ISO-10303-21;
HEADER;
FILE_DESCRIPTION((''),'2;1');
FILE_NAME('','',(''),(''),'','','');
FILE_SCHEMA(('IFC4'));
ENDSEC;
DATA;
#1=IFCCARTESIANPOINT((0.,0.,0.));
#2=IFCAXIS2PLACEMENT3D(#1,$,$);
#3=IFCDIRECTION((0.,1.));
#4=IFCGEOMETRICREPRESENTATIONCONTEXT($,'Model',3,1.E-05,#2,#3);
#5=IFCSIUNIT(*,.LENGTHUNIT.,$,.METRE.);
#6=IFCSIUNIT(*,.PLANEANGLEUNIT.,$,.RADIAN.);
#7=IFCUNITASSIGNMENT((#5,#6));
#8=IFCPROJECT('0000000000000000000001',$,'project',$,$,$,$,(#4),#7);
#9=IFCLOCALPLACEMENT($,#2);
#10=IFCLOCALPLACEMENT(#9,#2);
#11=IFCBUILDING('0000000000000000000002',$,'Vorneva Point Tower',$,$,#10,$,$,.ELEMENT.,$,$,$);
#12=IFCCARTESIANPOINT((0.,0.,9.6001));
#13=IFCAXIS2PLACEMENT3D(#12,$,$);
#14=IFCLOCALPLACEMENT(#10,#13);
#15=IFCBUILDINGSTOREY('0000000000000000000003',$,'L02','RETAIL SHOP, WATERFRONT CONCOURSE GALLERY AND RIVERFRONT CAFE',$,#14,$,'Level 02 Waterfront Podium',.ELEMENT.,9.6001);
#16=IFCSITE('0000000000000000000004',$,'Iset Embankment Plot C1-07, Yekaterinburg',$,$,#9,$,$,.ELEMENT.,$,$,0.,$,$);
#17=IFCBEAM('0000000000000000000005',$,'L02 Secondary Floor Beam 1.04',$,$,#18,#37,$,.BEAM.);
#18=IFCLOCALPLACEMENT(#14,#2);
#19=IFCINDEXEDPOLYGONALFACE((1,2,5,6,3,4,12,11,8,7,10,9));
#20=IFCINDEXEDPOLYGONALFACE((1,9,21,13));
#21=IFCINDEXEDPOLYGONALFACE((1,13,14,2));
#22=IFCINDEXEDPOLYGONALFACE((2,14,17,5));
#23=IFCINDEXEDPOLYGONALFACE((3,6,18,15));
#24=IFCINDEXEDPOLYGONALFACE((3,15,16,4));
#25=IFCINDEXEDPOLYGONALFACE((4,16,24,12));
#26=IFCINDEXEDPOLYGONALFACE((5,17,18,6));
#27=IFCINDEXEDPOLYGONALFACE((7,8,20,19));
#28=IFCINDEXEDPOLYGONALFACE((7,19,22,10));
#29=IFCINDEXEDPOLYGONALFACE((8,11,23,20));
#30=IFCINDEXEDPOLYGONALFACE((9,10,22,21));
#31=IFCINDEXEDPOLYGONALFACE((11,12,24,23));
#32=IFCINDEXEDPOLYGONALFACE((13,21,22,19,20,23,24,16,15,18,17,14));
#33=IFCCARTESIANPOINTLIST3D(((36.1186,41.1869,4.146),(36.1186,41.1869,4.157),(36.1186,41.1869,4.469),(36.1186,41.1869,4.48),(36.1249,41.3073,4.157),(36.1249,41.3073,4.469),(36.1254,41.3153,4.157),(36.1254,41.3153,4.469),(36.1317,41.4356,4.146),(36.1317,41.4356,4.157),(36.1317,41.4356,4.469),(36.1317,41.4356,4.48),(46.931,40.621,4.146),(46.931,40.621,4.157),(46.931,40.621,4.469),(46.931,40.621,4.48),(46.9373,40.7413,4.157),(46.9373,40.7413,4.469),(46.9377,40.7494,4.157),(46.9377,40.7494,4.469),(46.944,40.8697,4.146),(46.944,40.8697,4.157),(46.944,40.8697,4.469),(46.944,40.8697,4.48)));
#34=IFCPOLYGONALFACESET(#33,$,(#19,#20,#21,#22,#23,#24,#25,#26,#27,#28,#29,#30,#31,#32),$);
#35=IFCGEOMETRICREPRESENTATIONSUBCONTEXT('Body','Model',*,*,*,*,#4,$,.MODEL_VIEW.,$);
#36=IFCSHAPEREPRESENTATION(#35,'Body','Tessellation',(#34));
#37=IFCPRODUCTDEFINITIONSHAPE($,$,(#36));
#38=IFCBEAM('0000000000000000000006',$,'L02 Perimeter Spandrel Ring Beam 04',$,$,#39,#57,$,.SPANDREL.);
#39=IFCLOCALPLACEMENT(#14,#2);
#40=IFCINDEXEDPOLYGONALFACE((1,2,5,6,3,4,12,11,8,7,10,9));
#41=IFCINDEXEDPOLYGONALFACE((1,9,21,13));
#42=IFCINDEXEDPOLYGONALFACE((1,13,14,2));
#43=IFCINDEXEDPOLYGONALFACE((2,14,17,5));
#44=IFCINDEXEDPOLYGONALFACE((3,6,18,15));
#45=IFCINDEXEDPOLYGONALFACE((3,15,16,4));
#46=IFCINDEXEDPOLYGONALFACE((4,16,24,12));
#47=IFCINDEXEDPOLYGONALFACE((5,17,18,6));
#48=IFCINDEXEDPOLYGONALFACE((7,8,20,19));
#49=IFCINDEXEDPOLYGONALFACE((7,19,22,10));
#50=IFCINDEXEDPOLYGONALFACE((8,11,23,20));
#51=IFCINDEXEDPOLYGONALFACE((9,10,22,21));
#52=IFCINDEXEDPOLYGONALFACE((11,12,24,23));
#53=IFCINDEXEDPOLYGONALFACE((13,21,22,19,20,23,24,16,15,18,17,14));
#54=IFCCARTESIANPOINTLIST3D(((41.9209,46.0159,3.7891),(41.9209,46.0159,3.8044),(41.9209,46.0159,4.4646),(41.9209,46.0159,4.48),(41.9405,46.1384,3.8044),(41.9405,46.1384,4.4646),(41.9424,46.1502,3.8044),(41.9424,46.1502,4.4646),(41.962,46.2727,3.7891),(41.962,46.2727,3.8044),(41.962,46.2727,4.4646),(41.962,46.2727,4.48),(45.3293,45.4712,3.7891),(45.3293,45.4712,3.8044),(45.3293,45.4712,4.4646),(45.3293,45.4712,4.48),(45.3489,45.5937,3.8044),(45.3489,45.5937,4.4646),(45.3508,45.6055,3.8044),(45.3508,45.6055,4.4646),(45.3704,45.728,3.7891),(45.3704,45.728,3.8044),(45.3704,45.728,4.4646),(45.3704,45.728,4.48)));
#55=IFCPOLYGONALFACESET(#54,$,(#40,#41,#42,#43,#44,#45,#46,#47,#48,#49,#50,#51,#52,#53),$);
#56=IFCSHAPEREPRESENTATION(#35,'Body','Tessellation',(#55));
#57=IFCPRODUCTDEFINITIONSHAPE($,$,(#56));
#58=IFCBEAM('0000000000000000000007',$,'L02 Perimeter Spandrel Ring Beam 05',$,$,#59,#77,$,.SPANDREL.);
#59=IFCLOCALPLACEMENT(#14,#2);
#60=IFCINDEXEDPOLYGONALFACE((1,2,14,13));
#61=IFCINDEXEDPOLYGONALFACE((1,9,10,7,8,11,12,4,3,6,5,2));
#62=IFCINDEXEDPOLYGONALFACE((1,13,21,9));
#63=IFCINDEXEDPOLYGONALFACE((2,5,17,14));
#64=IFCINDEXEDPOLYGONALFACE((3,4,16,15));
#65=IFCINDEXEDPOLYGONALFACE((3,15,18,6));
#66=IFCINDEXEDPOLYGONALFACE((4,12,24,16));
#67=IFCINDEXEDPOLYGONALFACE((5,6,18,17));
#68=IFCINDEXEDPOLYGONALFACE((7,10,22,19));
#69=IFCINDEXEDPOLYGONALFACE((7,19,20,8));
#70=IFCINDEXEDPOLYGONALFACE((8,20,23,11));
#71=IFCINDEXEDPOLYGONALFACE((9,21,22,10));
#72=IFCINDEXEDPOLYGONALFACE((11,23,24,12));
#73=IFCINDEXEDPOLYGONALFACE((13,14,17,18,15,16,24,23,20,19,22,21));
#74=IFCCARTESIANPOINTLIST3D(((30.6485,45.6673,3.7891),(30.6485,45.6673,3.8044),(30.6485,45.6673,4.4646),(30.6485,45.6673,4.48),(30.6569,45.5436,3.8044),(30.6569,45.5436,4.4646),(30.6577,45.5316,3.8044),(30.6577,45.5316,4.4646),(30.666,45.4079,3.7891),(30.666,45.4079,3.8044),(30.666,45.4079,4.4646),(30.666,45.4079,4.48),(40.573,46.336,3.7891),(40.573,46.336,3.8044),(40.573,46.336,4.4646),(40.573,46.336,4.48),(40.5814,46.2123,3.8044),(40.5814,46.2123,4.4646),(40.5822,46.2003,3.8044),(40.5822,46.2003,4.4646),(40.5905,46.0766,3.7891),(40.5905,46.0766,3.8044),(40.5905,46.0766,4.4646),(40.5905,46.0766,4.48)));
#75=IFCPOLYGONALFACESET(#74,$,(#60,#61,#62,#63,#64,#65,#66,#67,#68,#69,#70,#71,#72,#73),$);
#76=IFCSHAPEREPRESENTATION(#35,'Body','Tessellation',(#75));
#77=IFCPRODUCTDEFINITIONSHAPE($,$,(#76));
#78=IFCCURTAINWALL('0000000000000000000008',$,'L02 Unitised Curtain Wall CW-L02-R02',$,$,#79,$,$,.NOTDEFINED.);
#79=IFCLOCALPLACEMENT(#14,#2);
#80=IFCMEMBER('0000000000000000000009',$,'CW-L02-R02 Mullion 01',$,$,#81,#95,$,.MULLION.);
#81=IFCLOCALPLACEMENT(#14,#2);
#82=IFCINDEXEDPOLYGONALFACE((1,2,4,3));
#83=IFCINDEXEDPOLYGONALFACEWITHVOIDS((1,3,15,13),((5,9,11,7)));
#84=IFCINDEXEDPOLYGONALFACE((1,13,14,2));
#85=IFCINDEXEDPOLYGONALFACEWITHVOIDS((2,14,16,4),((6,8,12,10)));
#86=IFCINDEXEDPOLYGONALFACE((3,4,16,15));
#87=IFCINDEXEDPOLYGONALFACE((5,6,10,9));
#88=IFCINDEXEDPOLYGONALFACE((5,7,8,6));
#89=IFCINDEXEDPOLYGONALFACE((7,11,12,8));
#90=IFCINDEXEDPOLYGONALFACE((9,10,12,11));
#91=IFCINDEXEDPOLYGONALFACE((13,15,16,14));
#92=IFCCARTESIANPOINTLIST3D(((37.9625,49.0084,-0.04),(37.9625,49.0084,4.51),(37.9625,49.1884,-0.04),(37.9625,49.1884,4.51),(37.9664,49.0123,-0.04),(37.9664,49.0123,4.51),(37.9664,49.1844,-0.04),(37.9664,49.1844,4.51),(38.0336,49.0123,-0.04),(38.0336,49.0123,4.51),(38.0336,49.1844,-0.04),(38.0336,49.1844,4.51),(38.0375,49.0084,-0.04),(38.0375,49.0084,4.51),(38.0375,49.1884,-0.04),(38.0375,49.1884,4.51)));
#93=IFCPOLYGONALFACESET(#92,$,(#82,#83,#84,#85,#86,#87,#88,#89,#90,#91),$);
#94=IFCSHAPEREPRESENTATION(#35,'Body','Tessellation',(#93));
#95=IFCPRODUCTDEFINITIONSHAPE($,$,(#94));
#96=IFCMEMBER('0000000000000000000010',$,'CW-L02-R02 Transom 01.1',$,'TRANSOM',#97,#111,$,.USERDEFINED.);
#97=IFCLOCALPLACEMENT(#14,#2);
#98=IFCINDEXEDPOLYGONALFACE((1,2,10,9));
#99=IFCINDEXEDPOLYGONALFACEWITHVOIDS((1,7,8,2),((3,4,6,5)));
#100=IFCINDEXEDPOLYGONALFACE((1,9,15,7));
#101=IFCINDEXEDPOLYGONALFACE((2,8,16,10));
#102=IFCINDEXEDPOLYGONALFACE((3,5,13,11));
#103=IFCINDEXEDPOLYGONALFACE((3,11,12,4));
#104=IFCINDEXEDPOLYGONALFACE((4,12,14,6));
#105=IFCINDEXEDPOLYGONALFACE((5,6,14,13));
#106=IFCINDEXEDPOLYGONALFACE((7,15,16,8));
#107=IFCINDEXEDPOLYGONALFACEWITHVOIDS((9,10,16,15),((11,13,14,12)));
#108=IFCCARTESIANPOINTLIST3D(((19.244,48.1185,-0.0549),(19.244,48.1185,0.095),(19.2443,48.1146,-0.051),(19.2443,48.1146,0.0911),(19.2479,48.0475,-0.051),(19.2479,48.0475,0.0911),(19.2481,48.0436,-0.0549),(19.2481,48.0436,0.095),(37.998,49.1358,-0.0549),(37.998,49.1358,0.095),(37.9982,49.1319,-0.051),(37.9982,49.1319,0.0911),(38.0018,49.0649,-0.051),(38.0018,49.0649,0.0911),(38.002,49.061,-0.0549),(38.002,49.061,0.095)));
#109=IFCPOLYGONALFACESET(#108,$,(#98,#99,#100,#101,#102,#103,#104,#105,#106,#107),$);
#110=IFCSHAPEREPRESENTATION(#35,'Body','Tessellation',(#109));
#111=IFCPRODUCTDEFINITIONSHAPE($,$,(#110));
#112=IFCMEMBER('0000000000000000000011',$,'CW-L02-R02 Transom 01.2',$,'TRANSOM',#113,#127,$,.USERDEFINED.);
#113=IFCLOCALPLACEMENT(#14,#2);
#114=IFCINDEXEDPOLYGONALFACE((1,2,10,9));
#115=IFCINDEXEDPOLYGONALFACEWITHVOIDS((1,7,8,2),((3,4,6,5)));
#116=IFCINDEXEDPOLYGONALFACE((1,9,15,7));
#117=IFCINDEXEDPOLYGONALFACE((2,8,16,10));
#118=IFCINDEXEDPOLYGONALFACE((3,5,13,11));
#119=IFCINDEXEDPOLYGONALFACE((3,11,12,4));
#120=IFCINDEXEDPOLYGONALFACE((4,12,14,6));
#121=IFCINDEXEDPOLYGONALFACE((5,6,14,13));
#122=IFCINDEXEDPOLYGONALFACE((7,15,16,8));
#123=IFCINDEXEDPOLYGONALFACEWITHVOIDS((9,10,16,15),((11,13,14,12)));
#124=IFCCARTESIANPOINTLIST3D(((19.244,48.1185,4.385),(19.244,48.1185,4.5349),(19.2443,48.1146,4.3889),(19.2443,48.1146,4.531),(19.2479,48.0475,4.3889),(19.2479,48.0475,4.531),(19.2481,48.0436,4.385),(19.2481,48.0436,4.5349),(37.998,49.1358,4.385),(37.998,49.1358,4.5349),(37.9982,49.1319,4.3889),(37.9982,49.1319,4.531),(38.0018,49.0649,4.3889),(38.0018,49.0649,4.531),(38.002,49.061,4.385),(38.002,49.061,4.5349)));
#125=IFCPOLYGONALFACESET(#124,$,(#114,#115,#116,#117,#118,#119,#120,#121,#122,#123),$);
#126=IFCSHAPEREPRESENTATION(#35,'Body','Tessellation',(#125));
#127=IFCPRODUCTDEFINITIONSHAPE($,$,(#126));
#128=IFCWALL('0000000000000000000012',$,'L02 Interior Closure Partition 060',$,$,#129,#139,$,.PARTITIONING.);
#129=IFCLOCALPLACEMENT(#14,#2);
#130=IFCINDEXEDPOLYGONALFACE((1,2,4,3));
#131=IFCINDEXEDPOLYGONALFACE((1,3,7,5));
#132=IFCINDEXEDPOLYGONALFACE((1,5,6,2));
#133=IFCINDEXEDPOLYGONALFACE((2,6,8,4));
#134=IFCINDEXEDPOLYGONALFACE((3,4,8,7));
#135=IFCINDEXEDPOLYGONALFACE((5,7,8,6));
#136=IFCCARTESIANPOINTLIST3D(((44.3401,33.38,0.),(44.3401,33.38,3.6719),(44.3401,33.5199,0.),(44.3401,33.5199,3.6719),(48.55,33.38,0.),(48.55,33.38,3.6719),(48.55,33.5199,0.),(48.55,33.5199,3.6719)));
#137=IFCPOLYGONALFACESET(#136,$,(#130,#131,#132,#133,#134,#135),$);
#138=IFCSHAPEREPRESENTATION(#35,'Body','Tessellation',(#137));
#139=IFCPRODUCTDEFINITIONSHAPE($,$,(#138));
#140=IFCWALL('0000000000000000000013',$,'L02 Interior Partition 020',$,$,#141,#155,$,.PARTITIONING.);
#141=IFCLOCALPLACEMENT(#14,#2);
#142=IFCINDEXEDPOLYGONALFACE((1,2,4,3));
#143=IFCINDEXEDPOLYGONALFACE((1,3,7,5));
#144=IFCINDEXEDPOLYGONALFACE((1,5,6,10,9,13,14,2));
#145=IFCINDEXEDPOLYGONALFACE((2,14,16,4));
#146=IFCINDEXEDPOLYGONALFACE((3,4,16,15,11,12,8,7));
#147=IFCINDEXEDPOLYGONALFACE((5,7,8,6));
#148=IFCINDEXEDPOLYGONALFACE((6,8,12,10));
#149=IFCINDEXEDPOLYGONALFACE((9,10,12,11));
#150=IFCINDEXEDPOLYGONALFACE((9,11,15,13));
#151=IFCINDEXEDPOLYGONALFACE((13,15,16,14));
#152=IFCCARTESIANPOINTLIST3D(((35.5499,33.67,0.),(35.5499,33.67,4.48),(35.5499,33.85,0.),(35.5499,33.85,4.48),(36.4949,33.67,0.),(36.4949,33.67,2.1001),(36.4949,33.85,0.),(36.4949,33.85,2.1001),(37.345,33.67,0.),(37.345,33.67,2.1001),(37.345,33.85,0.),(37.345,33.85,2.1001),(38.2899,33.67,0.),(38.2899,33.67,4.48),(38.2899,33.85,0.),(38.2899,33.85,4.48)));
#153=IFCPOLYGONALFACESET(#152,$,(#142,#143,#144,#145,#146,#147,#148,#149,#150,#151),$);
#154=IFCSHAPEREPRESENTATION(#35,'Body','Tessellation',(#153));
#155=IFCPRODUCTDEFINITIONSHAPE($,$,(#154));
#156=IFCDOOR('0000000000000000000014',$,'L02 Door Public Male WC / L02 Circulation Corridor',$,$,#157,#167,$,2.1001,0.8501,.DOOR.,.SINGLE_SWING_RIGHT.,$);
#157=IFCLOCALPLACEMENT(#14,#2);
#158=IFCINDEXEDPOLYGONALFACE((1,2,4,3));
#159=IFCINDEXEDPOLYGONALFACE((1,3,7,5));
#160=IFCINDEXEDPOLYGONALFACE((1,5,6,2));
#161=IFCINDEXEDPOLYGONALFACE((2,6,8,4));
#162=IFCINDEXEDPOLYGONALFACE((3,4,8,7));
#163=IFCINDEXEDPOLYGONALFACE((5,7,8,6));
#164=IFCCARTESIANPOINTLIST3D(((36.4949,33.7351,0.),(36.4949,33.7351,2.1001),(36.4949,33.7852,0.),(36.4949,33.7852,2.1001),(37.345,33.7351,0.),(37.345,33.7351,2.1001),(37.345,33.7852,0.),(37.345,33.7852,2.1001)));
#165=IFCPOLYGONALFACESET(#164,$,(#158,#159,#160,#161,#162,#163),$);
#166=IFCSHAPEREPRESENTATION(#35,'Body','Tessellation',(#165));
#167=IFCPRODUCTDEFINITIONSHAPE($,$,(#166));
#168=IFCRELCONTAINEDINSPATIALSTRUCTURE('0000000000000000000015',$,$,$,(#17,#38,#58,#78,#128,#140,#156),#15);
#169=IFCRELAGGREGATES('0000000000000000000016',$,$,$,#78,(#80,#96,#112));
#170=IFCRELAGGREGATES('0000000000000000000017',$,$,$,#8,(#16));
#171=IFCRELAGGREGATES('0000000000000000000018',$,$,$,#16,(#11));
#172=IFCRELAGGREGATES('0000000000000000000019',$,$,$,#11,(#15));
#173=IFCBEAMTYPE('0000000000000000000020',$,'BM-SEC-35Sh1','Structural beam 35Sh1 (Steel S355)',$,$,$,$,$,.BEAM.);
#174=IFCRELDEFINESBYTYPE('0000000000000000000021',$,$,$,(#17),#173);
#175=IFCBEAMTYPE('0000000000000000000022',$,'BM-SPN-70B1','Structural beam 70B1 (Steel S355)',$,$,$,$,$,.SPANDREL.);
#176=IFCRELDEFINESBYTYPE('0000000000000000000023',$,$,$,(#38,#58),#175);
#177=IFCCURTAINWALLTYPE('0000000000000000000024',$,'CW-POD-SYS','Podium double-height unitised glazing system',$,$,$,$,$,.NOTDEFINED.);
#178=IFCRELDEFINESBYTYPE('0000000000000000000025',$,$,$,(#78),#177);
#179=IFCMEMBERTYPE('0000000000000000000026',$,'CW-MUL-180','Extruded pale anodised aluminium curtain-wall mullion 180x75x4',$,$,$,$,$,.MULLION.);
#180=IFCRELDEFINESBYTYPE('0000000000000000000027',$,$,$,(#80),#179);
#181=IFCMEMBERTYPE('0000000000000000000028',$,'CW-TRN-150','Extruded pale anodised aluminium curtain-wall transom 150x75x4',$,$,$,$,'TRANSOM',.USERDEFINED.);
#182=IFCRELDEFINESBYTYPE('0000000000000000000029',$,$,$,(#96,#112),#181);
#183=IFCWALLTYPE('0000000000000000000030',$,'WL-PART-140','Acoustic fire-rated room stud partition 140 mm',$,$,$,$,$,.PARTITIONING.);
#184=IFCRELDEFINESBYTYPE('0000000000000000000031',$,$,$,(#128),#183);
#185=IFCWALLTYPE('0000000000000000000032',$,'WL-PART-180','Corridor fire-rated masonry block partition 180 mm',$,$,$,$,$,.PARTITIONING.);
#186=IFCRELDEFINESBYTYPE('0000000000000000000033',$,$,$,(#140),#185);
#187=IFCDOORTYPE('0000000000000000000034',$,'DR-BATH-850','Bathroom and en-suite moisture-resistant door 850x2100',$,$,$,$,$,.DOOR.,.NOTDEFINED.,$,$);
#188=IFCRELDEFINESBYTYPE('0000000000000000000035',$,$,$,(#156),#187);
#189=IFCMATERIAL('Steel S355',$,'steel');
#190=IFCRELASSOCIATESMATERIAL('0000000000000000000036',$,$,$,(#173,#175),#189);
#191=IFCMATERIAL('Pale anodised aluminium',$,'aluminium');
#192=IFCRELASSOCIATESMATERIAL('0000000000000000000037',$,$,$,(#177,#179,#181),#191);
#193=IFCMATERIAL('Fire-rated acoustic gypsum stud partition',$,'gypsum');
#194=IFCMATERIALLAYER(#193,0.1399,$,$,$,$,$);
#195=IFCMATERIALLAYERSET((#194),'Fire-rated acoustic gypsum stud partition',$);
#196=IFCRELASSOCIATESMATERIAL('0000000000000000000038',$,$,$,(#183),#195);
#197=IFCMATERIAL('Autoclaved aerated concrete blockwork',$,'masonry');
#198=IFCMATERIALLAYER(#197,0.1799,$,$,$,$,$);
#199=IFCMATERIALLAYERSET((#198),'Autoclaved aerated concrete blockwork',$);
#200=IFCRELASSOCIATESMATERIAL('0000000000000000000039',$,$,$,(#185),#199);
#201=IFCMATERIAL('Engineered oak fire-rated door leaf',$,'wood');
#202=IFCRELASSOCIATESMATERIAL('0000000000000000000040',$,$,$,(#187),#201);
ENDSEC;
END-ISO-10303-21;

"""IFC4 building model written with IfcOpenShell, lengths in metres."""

from ifc_helpers import new_model, si_unit, direction, frame, frame_2d, origin, origin_2d, place, context, subcontext, project, spatial, rectangle, hollow_rectangle, i_section, extrude, material, layer, layer_set, material_profile, profile_set, type_object, element, fill, aggregate, save


model = new_model("IFC4")

# Units and contexts
model_context = context("Model", 3, precision=1e-05, world=origin(), true_north=direction((0.0, 1.0)))
body_context = subcontext(model_context, "Body", "Model", "MODEL_VIEW")
ifc_project = project(units=[si_unit("LENGTHUNIT", "METRE"), si_unit("PLANEANGLEUNIT", "RADIAN")], contexts=[model_context])

# Site, building, storey
site_placement = place(None, origin())
site = spatial("IfcSite", under=ifc_project, at=site_placement, Name="Iset Embankment Plot C1-07, Yekaterinburg", CompositionType="ELEMENT", RefElevation=0.0)
building_placement = place(site_placement, origin())
building = spatial("IfcBuilding", under=site, at=building_placement, Name="Vorneva Point Tower", CompositionType="ELEMENT")
storey_placement = place(building_placement, frame((0.0, 0.0, 9.6001)))
storey = spatial("IfcBuildingStorey", under=building, at=storey_placement, Name="L02", Description="RETAIL SHOP, WATERFRONT CONCOURSE GALLERY AND RIVERFRONT CAFE", LongName="Level 02 Waterfront Podium", CompositionType="ELEMENT", Elevation=9.6001)

# Beams
ifc_material_1 = material(Name="Steel S355", Category="steel")
ifc_material_profile_1 = material_profile(ifc_material_1, i_section(OverallWidth=0.249, OverallDepth=0.334, WebThickness=0.0081, FlangeThickness=0.011, at=origin_2d()), Name="35Sh1")
ifc_profile_set_1 = profile_set([ifc_material_profile_1], Name="Steel S355")
beam_type_1 = type_object("IfcBeamType", Name="BM-SEC-35Sh1", Description="Structural beam 35Sh1 (Steel S355)", PredefinedType="BEAM", material=ifc_profile_set_1)
beam_1_placement = place(storey_placement, frame((46.9375, 40.7454, 4.313), z_axis=(-0.998633, 0.052269, 0.0), x_axis=(-0.052269, -0.998633, 0.0)))
element("IfcBeam", 1, at=beam_1_placement, inside=storey, type_object=beam_type_1, Name="L02 Secondary Floor Beam 1.04", PredefinedType="BEAM", context=body_context, shape_type="SweptSolid", body=[
    extrude(i_section(OverallWidth=0.249, OverallDepth=0.334, WebThickness=0.0081, FlangeThickness=0.011, at=origin_2d()), origin(), (0.0, 0.0, 1.0), 10.8271),
])
ifc_material_profile_2 = material_profile(ifc_material_1, i_section(OverallWidth=0.26, OverallDepth=0.6909, WebThickness=0.012, FlangeThickness=0.0154, at=origin_2d()), Name="70B1")
ifc_profile_set_2 = profile_set([ifc_material_profile_2], Name="Steel S355")
beam_type_2 = type_object("IfcBeamType", Name="BM-SPN-70B1", Description="Structural beam 70B1 (Steel S355)", PredefinedType="SPANDREL", material=ifc_profile_set_2)
beam_2_placement = place(storey_placement, frame((45.3499, 45.5996, 4.1345), z_axis=(-0.987471, 0.1578, 0.0), x_axis=(-0.1578, -0.987471, 0.0)))
element("IfcBeam", 2, at=beam_2_placement, inside=storey, type_object=beam_type_2, Name="L02 Perimeter Spandrel Ring Beam 04", PredefinedType="SPANDREL", context=body_context, shape_type="SweptSolid", body=[
    extrude(i_section(OverallWidth=0.26, OverallDepth=0.6909, WebThickness=0.012, FlangeThickness=0.0154, at=origin_2d()), origin(), (0.0, 0.0, 1.0), 3.4517),
])
beam_3_placement = place(storey_placement, frame((40.5818, 46.2063, 4.1345), z_axis=(-0.997738, -0.067226, 0.0), x_axis=(0.067226, -0.997738, 0.0)))
element("IfcBeam", 3, at=beam_3_placement, inside=storey, type_object=beam_type_2, Name="L02 Perimeter Spandrel Ring Beam 05", PredefinedType="SPANDREL", context=body_context, shape_type="SweptSolid", body=[
    extrude(i_section(OverallWidth=0.26, OverallDepth=0.6909, WebThickness=0.012, FlangeThickness=0.0154, at=origin_2d()), origin(), (0.0, 0.0, 1.0), 9.947),
])

# Curtain wall, members
ifc_material_2 = material(Name="Pale anodised aluminium", Category="aluminium")
curtain_wall_type = type_object("IfcCurtainWallType", Name="CW-POD-SYS", Description="Podium double-height unitised glazing system", PredefinedType="NOTDEFINED", material=ifc_material_2)
curtain_wall_placement = place(storey_placement, origin())
curtain_wall = element("IfcCurtainWall", 4, at=curtain_wall_placement, inside=storey, type_object=curtain_wall_type, Name="L02 Unitised Curtain Wall CW-L02-R02", PredefinedType="NOTDEFINED")
ifc_material_profile_3 = material_profile(ifc_material_2, hollow_rectangle(XDim=0.075, YDim=0.1799, WallThickness=0.0039, at=origin_2d()), Name="AL-MUL 180x75x4")
ifc_profile_set_3 = profile_set([ifc_material_profile_3], Name="Pale anodised aluminium")
member_type_1 = type_object("IfcMemberType", Name="CW-MUL-180", Description="Extruded pale anodised aluminium curtain-wall mullion 180x75x4", PredefinedType="MULLION", material=ifc_profile_set_3)
member_1_placement = place(storey_placement, frame((38.0, 49.0984, -0.04), z_axis=(0.0, 0.0, 1.0), x_axis=(1.0, 0.0, 0.0)))
member_1 = element("IfcMember", 5, at=member_1_placement, type_object=member_type_1, Name="CW-L02-R02 Mullion 01", PredefinedType="MULLION", context=body_context, shape_type="SweptSolid", body=[
    extrude(hollow_rectangle(XDim=0.075, YDim=0.1799, WallThickness=0.0039, at=origin_2d()), origin(), (0.0, 0.0, 1.0), 4.55),
])
ifc_material_profile_4 = material_profile(ifc_material_2, hollow_rectangle(XDim=0.075, YDim=0.1499, WallThickness=0.0039, at=origin_2d()), Name="AL-TRN 150x75x4")
ifc_profile_set_4 = profile_set([ifc_material_profile_4], Name="Pale anodised aluminium")
member_type_2 = type_object("IfcMemberType", Name="CW-TRN-150", Description="Extruded pale anodised aluminium curtain-wall transom 150x75x4", ElementType="TRANSOM", PredefinedType="USERDEFINED", material=ifc_profile_set_4)
member_2_placement = place(storey_placement, frame((38.0, 49.0984, 0.02), z_axis=(-0.998532, -0.054167, 0.0), x_axis=(0.054167, -0.998532, 0.0)))
member_2 = element("IfcMember", 6, at=member_2_placement, type_object=member_type_2, Name="CW-L02-R02 Transom 01.1", ObjectType="TRANSOM", PredefinedType="USERDEFINED", context=body_context, shape_type="SweptSolid", body=[
    extrude(hollow_rectangle(XDim=0.075, YDim=0.1499, WallThickness=0.0039, at=origin_2d()), origin(), (0.0, 0.0, 1.0), 18.7815),
])
member_3_placement = place(storey_placement, frame((38.0, 49.0984, 4.46), z_axis=(-0.998532, -0.054167, 0.0), x_axis=(0.054167, -0.998532, 0.0)))
member_3 = element("IfcMember", 7, at=member_3_placement, type_object=member_type_2, Name="CW-L02-R02 Transom 01.2", ObjectType="TRANSOM", PredefinedType="USERDEFINED", context=body_context, shape_type="SweptSolid", body=[
    extrude(hollow_rectangle(XDim=0.075, YDim=0.1499, WallThickness=0.0039, at=origin_2d()), origin(), (0.0, 0.0, 1.0), 18.7815),
])
aggregate(curtain_wall, [member_1, member_2, member_3])

# Wall
ifc_material_3 = material(Name="Fire-rated acoustic gypsum stud partition", Category="gypsum")
ifc_layer_1 = layer(ifc_material_3, 0.1399)
ifc_layer_set_1 = layer_set([ifc_layer_1], Name="Fire-rated acoustic gypsum stud partition")
wall_type_1 = type_object("IfcWallType", Name="WL-PART-140", Description="Acoustic fire-rated room stud partition 140 mm", PredefinedType="PARTITIONING", material=ifc_layer_set_1)
wall_1_placement = place(storey_placement, frame((44.3401, 33.45, 0.0), z_axis=(0.0, 0.0, 1.0), x_axis=(1.0, 0.0, 0.0)))
element("IfcWall", 8, at=wall_1_placement, inside=storey, type_object=wall_type_1, Name="L02 Interior Closure Partition 060", PredefinedType="PARTITIONING", context=body_context, shape_type="SweptSolid", body=[
    extrude(rectangle(XDim=4.21, YDim=0.1399, at=frame_2d((2.105, 0.0))), origin(), (0.0, 0.0, 1.0), 3.6719),
])

# Wall, opening, door
ifc_material_4 = material(Name="Autoclaved aerated concrete blockwork", Category="masonry")
ifc_layer_2 = layer(ifc_material_4, 0.1799)
ifc_layer_set_2 = layer_set([ifc_layer_2], Name="Autoclaved aerated concrete blockwork")
wall_type_2 = type_object("IfcWallType", Name="WL-PART-180", Description="Corridor fire-rated masonry block partition 180 mm", PredefinedType="PARTITIONING", material=ifc_layer_set_2)
wall_2_placement = place(storey_placement, frame((38.29, 33.76, 0.0), z_axis=(0.0, 0.0, 1.0), x_axis=(-1.0, 0.0, 0.0)))
wall_2 = element("IfcWall", 9, at=wall_2_placement, inside=storey, type_object=wall_type_2, Name="L02 Interior Partition 020", PredefinedType="PARTITIONING", context=body_context, shape_type="SweptSolid", body=[
    extrude(rectangle(XDim=2.74, YDim=0.1799, at=frame_2d((1.3701, 0.0))), origin(), (0.0, 0.0, 1.0), 4.48),
])
opening_1_placement = place(wall_2_placement, frame((0.9451, 0.0, 0.0)))
opening_1 = element("IfcOpeningElement", 10, at=opening_1_placement, cuts=wall_2, PredefinedType="OPENING", context=body_context, shape_type="SweptSolid", body=[
    extrude(rectangle(XDim=0.8501, YDim=2.1001, at=frame_2d((0.425, 1.05))), frame((0.0, 0.105, 0.0), z_axis=(0.0, -1.0, 0.0), x_axis=(1.0, 0.0, 0.0)), (0.0, 0.0, 1.0), 0.2097),
])
ifc_material_5 = material(Name="Engineered oak fire-rated door leaf", Category="wood")
door_type = type_object("IfcDoorType", Name="DR-BATH-850", Description="Bathroom and en-suite moisture-resistant door 850x2100", OperationType="NOTDEFINED", PredefinedType="DOOR", material=ifc_material_5)
door_1_placement = place(opening_1_placement, origin())
door_1 = element("IfcDoor", 11, at=door_1_placement, inside=storey, type_object=door_type, Name="L02 Door Public Male WC / L02 Circulation Corridor", OperationType="SINGLE_SWING_RIGHT", OverallHeight=2.1001, OverallWidth=0.8501, PredefinedType="DOOR", context=body_context, shape_type="SweptSolid", body=[
    extrude(rectangle(XDim=0.8501, YDim=2.1001, at=frame_2d((0.425, 1.05))), frame((0.0, 0.0249, 0.0), z_axis=(0.0, -1.0, 0.0), x_axis=(1.0, 0.0, 0.0)), (0.0, 0.0, 1.0), 0.05),
])
fill(opening_1, door_1)

save(model, "model.ifc")
